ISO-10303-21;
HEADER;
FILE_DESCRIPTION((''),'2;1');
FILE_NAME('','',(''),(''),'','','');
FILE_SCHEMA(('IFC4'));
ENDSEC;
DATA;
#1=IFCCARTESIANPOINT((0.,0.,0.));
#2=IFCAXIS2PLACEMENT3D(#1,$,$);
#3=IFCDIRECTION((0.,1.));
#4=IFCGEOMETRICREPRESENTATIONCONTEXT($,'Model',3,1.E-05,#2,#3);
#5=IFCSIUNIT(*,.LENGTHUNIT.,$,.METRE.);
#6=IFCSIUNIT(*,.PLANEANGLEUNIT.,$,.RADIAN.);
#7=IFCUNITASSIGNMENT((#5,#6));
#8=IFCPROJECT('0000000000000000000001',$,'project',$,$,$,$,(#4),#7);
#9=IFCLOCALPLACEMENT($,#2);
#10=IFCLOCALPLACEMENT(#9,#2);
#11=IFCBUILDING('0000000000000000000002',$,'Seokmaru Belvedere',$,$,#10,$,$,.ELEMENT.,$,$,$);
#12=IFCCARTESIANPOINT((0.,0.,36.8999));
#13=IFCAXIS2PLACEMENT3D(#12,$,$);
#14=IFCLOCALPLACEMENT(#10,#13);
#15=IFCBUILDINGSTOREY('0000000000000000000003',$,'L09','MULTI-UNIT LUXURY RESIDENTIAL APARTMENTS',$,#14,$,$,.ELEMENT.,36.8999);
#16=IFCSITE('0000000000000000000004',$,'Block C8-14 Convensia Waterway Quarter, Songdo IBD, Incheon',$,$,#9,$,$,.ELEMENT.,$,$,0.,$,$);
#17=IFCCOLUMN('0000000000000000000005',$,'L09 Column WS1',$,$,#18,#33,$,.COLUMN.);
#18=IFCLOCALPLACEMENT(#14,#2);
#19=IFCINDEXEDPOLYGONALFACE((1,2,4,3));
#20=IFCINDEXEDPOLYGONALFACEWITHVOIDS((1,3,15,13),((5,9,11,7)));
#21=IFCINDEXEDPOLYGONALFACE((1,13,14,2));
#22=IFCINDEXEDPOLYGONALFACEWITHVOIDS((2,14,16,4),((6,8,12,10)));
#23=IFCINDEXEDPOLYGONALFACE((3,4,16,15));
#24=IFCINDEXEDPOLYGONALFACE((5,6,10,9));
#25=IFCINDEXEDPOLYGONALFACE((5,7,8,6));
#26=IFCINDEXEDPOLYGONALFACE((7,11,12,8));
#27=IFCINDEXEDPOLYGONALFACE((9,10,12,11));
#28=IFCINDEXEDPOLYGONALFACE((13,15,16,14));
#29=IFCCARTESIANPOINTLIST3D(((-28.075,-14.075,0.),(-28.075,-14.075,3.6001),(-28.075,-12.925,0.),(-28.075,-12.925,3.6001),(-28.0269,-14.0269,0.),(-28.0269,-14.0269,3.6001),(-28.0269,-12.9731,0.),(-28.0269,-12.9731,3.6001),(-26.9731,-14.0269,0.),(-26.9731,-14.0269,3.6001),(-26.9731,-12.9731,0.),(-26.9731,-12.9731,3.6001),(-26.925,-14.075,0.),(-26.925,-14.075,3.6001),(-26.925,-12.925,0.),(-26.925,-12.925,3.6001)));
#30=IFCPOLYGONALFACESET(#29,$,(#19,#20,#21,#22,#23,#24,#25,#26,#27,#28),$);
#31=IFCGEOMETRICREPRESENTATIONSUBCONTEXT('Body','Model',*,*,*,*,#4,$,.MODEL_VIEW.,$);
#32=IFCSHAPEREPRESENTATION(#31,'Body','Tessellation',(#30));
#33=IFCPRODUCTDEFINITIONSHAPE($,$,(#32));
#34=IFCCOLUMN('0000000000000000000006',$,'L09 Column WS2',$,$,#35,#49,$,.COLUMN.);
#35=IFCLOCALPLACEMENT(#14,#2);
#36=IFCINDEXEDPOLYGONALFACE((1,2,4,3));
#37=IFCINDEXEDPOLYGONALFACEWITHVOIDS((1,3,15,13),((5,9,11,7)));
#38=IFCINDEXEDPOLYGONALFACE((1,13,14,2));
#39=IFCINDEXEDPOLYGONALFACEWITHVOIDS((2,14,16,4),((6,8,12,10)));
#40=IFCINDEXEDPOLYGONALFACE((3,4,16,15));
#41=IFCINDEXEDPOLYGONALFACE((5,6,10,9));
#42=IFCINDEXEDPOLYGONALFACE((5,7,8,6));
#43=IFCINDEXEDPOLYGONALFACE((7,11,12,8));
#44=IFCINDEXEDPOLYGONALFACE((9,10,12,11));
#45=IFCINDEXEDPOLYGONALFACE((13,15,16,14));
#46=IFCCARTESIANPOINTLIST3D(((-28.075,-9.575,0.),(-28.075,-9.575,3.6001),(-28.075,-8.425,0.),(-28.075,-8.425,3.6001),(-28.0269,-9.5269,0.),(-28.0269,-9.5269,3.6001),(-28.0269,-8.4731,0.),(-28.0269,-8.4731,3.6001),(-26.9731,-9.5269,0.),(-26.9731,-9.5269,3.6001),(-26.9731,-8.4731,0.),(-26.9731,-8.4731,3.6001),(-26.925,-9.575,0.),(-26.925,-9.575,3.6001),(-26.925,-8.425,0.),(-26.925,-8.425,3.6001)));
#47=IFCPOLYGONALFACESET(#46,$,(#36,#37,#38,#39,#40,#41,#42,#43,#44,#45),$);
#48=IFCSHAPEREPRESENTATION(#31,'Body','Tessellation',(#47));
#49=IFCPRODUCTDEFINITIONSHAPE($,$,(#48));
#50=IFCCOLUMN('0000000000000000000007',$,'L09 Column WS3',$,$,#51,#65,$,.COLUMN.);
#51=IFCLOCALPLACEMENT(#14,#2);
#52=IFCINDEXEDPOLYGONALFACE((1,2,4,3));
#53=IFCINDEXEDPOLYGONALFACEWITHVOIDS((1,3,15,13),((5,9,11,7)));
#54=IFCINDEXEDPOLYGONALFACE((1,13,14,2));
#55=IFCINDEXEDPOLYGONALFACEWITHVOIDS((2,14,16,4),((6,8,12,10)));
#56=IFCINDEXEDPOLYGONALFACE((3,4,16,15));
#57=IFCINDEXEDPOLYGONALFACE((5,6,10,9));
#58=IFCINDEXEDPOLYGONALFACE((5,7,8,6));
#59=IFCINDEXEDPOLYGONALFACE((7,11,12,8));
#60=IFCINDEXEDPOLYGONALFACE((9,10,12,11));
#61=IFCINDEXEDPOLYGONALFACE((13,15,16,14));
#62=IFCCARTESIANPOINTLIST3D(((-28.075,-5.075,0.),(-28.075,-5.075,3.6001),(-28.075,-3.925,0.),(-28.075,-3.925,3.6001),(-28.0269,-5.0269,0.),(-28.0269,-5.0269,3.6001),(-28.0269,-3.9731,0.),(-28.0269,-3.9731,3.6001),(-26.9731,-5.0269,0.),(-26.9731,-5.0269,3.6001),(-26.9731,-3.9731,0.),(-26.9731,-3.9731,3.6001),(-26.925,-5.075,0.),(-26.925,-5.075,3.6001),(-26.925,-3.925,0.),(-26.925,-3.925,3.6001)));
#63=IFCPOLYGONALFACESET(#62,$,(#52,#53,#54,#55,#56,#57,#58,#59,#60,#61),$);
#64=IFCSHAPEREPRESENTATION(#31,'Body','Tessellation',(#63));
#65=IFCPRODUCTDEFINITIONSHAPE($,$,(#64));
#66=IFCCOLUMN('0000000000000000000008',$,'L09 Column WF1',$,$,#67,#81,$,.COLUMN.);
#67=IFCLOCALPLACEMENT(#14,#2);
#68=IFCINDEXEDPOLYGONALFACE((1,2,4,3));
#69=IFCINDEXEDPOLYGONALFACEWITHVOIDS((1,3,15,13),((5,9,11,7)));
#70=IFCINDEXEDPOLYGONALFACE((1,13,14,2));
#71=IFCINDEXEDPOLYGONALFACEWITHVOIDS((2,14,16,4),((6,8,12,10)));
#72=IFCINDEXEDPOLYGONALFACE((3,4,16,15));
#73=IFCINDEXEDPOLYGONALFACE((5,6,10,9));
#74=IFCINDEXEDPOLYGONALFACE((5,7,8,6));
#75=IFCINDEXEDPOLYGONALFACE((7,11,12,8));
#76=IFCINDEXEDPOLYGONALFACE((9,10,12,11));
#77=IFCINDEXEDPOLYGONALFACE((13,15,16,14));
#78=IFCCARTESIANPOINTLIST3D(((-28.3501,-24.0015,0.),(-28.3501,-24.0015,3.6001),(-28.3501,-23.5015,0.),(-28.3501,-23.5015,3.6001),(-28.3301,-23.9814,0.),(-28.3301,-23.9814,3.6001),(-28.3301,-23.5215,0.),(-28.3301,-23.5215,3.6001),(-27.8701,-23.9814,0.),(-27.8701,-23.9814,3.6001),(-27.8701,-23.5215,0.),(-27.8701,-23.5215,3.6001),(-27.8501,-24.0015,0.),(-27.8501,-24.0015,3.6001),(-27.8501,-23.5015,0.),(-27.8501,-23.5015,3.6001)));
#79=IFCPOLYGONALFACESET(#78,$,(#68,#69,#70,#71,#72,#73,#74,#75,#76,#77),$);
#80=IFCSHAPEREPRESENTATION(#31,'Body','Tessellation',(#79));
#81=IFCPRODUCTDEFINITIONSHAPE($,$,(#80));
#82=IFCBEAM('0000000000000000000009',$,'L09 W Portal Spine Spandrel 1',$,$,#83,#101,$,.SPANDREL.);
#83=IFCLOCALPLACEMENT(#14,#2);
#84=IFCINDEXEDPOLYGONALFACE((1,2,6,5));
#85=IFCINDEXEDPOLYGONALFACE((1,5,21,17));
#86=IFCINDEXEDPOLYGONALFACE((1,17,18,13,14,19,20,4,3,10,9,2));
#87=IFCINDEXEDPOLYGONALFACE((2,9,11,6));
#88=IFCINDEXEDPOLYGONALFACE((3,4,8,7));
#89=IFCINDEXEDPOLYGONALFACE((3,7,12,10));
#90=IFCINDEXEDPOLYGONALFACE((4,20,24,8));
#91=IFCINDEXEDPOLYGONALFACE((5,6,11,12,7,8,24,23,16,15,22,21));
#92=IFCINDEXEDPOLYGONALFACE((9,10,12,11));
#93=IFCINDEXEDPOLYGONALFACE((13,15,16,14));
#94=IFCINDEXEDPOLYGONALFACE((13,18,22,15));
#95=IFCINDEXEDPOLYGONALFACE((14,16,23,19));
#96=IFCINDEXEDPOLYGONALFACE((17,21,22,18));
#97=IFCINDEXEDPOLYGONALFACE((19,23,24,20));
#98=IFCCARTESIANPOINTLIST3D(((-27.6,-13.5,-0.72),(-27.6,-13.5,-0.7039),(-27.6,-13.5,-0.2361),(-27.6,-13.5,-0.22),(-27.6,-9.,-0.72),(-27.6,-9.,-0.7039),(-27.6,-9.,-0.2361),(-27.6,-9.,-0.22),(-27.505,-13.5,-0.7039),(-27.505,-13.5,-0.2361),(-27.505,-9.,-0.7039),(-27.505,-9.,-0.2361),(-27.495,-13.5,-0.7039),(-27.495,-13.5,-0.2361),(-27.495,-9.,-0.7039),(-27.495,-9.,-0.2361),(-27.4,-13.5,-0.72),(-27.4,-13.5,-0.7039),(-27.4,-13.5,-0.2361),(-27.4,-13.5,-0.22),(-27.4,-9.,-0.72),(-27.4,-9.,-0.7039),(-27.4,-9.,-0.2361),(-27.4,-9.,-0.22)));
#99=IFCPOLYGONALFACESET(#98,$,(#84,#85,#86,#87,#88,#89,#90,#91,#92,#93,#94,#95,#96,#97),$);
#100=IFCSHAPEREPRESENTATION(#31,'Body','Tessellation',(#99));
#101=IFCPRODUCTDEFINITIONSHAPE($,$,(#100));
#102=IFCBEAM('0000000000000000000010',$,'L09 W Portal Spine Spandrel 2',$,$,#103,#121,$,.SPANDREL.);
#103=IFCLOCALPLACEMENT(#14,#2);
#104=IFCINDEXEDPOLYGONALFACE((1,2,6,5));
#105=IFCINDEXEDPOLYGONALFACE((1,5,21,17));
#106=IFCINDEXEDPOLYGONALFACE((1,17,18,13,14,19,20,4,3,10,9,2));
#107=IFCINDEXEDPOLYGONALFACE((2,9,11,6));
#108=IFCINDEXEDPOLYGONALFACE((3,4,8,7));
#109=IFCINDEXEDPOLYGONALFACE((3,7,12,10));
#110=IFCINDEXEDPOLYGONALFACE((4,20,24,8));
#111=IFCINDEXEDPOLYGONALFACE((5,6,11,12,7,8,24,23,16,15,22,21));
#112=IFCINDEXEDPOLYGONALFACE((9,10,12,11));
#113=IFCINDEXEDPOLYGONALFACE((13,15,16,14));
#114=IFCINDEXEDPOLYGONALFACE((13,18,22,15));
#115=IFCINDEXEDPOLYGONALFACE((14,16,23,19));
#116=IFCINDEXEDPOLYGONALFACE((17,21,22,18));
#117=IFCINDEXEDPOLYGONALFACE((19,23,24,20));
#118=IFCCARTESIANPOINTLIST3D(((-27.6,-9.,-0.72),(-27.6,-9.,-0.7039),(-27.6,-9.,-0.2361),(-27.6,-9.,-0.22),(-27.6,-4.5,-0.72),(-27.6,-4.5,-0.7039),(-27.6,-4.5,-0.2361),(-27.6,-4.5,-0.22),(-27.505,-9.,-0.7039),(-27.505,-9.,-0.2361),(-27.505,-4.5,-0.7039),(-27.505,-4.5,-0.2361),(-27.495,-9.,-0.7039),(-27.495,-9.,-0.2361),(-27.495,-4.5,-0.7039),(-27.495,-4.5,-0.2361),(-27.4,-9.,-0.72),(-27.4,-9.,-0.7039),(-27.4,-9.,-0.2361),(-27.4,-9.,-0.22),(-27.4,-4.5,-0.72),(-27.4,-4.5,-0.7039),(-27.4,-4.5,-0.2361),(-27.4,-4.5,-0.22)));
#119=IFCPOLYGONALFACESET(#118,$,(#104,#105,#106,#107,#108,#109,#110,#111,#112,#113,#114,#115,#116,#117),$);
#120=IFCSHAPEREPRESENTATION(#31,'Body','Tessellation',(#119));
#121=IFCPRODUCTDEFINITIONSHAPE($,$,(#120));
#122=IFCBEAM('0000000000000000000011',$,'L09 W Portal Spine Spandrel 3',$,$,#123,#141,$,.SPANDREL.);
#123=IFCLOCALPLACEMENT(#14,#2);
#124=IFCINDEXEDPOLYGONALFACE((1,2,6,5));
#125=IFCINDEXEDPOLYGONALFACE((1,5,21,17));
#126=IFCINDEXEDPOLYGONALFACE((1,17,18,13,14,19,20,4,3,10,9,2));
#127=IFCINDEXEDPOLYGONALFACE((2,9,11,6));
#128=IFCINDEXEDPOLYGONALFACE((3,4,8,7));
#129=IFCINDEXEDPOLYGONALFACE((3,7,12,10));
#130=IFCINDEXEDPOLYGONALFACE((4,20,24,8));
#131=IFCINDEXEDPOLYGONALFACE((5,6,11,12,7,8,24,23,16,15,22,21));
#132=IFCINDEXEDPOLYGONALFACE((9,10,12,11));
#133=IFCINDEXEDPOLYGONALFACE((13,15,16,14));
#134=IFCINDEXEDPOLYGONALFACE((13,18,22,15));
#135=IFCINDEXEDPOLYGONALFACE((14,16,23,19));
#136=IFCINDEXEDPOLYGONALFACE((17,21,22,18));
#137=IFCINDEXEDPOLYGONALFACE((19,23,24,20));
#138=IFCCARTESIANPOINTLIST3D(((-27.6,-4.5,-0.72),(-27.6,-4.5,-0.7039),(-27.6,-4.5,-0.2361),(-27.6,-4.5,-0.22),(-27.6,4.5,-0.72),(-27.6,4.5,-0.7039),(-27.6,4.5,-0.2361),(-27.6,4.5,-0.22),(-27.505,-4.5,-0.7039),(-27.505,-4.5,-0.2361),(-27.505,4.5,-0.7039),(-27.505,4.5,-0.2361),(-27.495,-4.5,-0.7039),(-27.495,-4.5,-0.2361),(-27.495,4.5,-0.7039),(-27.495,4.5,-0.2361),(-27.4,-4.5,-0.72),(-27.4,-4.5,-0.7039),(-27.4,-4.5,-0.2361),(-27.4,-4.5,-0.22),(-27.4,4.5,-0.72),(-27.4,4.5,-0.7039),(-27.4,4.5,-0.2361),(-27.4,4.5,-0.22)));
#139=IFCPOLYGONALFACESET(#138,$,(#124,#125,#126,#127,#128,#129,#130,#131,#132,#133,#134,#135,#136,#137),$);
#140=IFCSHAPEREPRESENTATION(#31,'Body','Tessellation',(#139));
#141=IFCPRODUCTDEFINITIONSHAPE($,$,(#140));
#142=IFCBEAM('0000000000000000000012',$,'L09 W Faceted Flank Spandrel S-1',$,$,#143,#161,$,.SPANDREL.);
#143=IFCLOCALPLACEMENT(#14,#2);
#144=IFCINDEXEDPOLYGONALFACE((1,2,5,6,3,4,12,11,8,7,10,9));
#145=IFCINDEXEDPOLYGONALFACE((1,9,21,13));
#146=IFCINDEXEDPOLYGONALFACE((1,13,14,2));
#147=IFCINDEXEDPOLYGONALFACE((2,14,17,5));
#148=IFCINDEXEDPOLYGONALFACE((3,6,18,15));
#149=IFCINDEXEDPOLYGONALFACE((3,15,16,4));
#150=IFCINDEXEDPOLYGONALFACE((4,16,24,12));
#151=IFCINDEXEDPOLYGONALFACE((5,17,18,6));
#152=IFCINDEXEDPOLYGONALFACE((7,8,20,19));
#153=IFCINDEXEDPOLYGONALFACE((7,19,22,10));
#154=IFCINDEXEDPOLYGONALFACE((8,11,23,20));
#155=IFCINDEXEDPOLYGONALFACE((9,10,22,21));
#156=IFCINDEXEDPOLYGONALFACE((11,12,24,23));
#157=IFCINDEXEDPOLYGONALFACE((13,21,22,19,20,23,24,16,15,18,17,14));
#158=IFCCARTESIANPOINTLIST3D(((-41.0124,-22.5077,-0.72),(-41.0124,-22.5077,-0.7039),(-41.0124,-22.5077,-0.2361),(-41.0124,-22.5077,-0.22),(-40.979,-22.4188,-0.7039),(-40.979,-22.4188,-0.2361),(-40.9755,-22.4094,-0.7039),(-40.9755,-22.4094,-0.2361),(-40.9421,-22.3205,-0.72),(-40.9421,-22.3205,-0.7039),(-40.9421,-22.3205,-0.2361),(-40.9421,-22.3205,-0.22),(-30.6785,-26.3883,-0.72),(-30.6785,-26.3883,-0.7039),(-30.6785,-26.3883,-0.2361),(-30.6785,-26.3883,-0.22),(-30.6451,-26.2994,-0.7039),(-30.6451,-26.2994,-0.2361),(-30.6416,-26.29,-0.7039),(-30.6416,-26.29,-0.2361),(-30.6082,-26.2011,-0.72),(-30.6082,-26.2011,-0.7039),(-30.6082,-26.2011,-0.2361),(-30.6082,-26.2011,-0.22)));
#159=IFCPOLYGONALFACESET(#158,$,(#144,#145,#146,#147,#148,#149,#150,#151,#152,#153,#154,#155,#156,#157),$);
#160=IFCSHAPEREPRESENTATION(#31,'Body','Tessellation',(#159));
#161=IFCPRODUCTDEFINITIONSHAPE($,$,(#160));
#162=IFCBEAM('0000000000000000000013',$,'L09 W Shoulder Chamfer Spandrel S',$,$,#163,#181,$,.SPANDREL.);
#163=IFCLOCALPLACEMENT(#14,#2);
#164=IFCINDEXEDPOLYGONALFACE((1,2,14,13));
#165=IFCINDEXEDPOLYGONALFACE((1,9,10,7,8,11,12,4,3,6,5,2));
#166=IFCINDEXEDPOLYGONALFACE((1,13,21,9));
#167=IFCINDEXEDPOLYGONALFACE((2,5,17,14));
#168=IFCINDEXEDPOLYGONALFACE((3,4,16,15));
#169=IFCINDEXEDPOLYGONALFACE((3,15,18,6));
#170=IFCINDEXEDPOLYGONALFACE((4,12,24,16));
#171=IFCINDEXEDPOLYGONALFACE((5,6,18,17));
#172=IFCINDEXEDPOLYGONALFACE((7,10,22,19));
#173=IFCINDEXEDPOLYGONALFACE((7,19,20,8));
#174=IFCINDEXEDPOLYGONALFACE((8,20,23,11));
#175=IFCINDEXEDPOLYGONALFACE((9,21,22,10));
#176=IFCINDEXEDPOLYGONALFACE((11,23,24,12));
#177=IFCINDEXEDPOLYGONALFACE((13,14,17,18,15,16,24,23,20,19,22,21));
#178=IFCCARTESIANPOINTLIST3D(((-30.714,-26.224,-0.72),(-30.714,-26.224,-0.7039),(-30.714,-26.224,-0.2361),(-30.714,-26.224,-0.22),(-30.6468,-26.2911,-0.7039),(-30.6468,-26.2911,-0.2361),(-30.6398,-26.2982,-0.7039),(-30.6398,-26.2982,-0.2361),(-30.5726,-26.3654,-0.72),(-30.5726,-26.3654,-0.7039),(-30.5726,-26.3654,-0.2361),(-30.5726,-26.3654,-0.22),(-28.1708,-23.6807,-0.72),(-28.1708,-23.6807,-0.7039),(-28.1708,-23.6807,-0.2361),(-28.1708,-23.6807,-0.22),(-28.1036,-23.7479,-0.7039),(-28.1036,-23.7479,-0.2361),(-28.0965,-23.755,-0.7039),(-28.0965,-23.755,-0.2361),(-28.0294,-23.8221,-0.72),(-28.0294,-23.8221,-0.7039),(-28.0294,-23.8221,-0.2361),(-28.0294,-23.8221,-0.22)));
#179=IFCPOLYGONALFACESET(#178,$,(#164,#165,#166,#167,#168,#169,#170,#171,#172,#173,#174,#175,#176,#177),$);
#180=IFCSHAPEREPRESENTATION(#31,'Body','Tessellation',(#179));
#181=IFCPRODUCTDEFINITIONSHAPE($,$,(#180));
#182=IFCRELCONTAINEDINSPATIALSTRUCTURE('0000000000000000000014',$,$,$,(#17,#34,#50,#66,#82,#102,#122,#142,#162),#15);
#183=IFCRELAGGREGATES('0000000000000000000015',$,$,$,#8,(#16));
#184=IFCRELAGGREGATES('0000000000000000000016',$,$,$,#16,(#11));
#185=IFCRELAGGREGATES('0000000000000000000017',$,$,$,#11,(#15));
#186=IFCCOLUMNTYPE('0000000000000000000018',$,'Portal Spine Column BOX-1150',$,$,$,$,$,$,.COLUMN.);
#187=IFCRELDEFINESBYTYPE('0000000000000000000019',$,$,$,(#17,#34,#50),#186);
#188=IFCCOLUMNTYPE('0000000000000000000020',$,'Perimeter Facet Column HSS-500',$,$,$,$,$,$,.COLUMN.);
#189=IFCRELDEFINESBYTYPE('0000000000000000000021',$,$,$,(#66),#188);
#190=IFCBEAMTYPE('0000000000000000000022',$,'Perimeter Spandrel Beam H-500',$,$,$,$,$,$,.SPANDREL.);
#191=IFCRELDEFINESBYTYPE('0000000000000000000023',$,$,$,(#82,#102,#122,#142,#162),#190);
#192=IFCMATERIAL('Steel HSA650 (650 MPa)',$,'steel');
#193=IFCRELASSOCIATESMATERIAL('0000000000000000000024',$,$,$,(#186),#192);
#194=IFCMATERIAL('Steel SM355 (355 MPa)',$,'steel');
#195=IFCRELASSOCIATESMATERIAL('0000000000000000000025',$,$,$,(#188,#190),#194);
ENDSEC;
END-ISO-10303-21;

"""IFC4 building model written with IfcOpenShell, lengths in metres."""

from ifc_helpers import new_model, si_unit, direction, frame, origin, origin_2d, place, context, subcontext, project, spatial, hollow_rectangle, i_section, extrude, source, transform, mapped, material, material_profile, profile_set, type_object, type_shapes, element, save


model = new_model("IFC4")

# Units and contexts
model_context = context("Model", 3, precision=1e-05, world=origin(), true_north=direction((0.0, 1.0)))
body_context = subcontext(model_context, "Body", "Model", "MODEL_VIEW")
ifc_project = project(units=[si_unit("LENGTHUNIT", "METRE"), si_unit("PLANEANGLEUNIT", "RADIAN")], contexts=[model_context])

# Site, building, storey
site_placement = place(None, origin())
site = spatial("IfcSite", under=ifc_project, at=site_placement, Name="Block C8-14 Convensia Waterway Quarter, Songdo IBD, Incheon", CompositionType="ELEMENT", RefElevation=0.0)
building_placement = place(site_placement, origin())
building = spatial("IfcBuilding", under=site, at=building_placement, Name="Seokmaru Belvedere", CompositionType="ELEMENT")
storey_placement = place(building_placement, frame((0.0, 0.0, 36.8999)))
storey = spatial("IfcBuildingStorey", under=building, at=storey_placement, Name="L09", Description="MULTI-UNIT LUXURY RESIDENTIAL APARTMENTS", CompositionType="ELEMENT", Elevation=36.8999)

# Columns
ifc_material_1 = material(Name="Steel HSA650 (650 MPa)", Category="steel")
ifc_material_profile_1 = material_profile(ifc_material_1, hollow_rectangle(XDim=1.1499, YDim=1.1499, WallThickness=0.0481, at=origin_2d()), Name="BOX-1150x1150x48")
ifc_profile_set_1 = profile_set([ifc_material_profile_1], Name="Steel HSA650 (650 MPa)")
column_type_1 = type_object("IfcColumnType", Name="Portal Spine Column BOX-1150", PredefinedType="COLUMN", material=ifc_profile_set_1)
shared_shape_1 = source(origin(), body_context, "Body", "SweptSolid", [
    extrude(hollow_rectangle(XDim=1.1499, YDim=1.1499, WallThickness=0.0481, at=origin_2d()), origin(), (0.0, 0.0, 1.0), 3.6001),
])
type_shapes(column_type_1, [shared_shape_1])
for number, where, z_axis, x_axis, name in (
    (1, (-27.5, -13.5, 0.0), (0.0, 0.0, 1.0), (1.0, 0.0, 0.0), "L09 Column WS1"),
    (2, (-27.5, -9.0, 0.0), (0.0, 0.0, 1.0), (1.0, 0.0, 0.0), "L09 Column WS2"),
    (3, (-27.5, -4.5, 0.0), (0.0, 0.0, 1.0), (1.0, 0.0, 0.0), "L09 Column WS3"),
):
    element("IfcColumn", number, at=place(storey_placement, frame(where, z_axis=z_axis, x_axis=x_axis)), inside=storey, type_object=column_type_1, Name=name, PredefinedType="COLUMN", context=body_context, shape_type="MappedRepresentation", body=[
        mapped(shared_shape_1, transform((0.0, 0.0, 0.0), scale=1.0)),
    ])
ifc_material_2 = material(Name="Steel SM355 (355 MPa)", Category="steel")
ifc_material_profile_2 = material_profile(ifc_material_2, hollow_rectangle(XDim=0.5, YDim=0.5, WallThickness=0.02, at=origin_2d()), Name="HSS-500x500x20")
ifc_profile_set_2 = profile_set([ifc_material_profile_2], Name="Steel SM355 (355 MPa)")
column_type_2 = type_object("IfcColumnType", Name="Perimeter Facet Column HSS-500", PredefinedType="COLUMN", material=ifc_profile_set_2)
shared_shape_2 = source(origin(), body_context, "Body", "SweptSolid", [
    extrude(hollow_rectangle(XDim=0.5, YDim=0.5, WallThickness=0.02, at=origin_2d()), origin(), (0.0, 0.0, 1.0), 3.6001),
])
type_shapes(column_type_2, [shared_shape_2])
column_placement = place(storey_placement, frame((-28.1001, -23.7515, 0.0), z_axis=(0.0, 0.0, 1.0), x_axis=(1.0, 0.0, 0.0)))
element("IfcColumn", 4, at=column_placement, inside=storey, type_object=column_type_2, Name="L09 Column WF1", PredefinedType="COLUMN", context=body_context, shape_type="MappedRepresentation", body=[
    mapped(shared_shape_2, transform((0.0, 0.0, 0.0), scale=1.0)),
])

# Beams
ifc_material_profile_3 = material_profile(ifc_material_2, i_section(OverallWidth=0.2, OverallDepth=0.5, WebThickness=0.01, FlangeThickness=0.0161, at=origin_2d()), Name="H-500x200x10x16")
ifc_profile_set_3 = profile_set([ifc_material_profile_3], Name="Steel SM355 (355 MPa)")
beam_type = type_object("IfcBeamType", Name="Perimeter Spandrel Beam H-500", PredefinedType="SPANDREL", material=ifc_profile_set_3)
shared_shape_3 = source(origin(), body_context, "Body", "SweptSolid", [
    extrude(i_section(OverallWidth=0.2, OverallDepth=0.5, WebThickness=0.01, FlangeThickness=0.0161, at=origin_2d()), origin(), (0.0, 0.0, 1.0), 4.5),
])
for number, where, z_axis, x_axis, name in (
    (5, (-27.5, -13.5, -0.47), (0.0, 1.0, 0.0), (-1.0, 0.0, 0.0), "L09 W Portal Spine Spandrel 1"),
    (6, (-27.5, -9.0, -0.47), (0.0, 1.0, 0.0), (-1.0, 0.0, 0.0), "L09 W Portal Spine Spandrel 2"),
):
    element("IfcBeam", number, at=place(storey_placement, frame(where, z_axis=z_axis, x_axis=x_axis)), inside=storey, type_object=beam_type, Name=name, PredefinedType="SPANDREL", context=body_context, shape_type="MappedRepresentation", body=[
        mapped(shared_shape_3, transform((0.0, 0.0, 0.0), scale=1.0)),
    ])
shared_shape_4 = source(origin(), body_context, "Body", "SweptSolid", [
    extrude(i_section(OverallWidth=0.2, OverallDepth=0.5, WebThickness=0.01, FlangeThickness=0.0161, at=origin_2d()), origin(), (0.0, 0.0, 1.0), 9.0),
])
beam_1_placement = place(storey_placement, frame((-27.5, -4.5, -0.47), z_axis=(0.0, 1.0, 0.0), x_axis=(-1.0, 0.0, 0.0)))
element("IfcBeam", 7, at=beam_1_placement, inside=storey, type_object=beam_type, Name="L09 W Portal Spine Spandrel 3", PredefinedType="SPANDREL", context=body_context, shape_type="MappedRepresentation", body=[
    mapped(shared_shape_4, transform((0.0, 0.0, 0.0), scale=1.0)),
])
shared_shape_5 = source(origin(), body_context, "Body", "SweptSolid", [
    extrude(i_section(OverallWidth=0.2, OverallDepth=0.5, WebThickness=0.01, FlangeThickness=0.0161, at=origin_2d()), origin(), (0.0, 0.0, 1.0), 11.0386),
])
beam_2_placement = place(storey_placement, frame((-30.6433, -26.2947, -0.47), z_axis=(-0.936169, 0.35155, 0.0), x_axis=(-0.35155, -0.936169, 0.0)))
element("IfcBeam", 8, at=beam_2_placement, inside=storey, type_object=beam_type, Name="L09 W Faceted Flank Spandrel S-1", PredefinedType="SPANDREL", context=body_context, shape_type="MappedRepresentation", body=[
    mapped(shared_shape_5, transform((0.0, 0.0, 0.0), scale=1.0)),
])
shared_shape_6 = source(origin(), body_context, "Body", "SweptSolid", [
    extrude(i_section(OverallWidth=0.2, OverallDepth=0.5, WebThickness=0.01, FlangeThickness=0.0161, at=origin_2d()), origin(), (0.0, 0.0, 1.0), 3.5967),
])
beam_3_placement = place(storey_placement, frame((-30.6433, -26.2947, -0.47), z_axis=(0.707107, 0.707107, 0.0), x_axis=(-0.707107, 0.707107, 0.0)))
element("IfcBeam", 9, at=beam_3_placement, inside=storey, type_object=beam_type, Name="L09 W Shoulder Chamfer Spandrel S", PredefinedType="SPANDREL", context=body_context, shape_type="MappedRepresentation", body=[
    mapped(shared_shape_6, transform((0.0, 0.0, 0.0), scale=1.0)),
])

save(model, "model.ifc")
